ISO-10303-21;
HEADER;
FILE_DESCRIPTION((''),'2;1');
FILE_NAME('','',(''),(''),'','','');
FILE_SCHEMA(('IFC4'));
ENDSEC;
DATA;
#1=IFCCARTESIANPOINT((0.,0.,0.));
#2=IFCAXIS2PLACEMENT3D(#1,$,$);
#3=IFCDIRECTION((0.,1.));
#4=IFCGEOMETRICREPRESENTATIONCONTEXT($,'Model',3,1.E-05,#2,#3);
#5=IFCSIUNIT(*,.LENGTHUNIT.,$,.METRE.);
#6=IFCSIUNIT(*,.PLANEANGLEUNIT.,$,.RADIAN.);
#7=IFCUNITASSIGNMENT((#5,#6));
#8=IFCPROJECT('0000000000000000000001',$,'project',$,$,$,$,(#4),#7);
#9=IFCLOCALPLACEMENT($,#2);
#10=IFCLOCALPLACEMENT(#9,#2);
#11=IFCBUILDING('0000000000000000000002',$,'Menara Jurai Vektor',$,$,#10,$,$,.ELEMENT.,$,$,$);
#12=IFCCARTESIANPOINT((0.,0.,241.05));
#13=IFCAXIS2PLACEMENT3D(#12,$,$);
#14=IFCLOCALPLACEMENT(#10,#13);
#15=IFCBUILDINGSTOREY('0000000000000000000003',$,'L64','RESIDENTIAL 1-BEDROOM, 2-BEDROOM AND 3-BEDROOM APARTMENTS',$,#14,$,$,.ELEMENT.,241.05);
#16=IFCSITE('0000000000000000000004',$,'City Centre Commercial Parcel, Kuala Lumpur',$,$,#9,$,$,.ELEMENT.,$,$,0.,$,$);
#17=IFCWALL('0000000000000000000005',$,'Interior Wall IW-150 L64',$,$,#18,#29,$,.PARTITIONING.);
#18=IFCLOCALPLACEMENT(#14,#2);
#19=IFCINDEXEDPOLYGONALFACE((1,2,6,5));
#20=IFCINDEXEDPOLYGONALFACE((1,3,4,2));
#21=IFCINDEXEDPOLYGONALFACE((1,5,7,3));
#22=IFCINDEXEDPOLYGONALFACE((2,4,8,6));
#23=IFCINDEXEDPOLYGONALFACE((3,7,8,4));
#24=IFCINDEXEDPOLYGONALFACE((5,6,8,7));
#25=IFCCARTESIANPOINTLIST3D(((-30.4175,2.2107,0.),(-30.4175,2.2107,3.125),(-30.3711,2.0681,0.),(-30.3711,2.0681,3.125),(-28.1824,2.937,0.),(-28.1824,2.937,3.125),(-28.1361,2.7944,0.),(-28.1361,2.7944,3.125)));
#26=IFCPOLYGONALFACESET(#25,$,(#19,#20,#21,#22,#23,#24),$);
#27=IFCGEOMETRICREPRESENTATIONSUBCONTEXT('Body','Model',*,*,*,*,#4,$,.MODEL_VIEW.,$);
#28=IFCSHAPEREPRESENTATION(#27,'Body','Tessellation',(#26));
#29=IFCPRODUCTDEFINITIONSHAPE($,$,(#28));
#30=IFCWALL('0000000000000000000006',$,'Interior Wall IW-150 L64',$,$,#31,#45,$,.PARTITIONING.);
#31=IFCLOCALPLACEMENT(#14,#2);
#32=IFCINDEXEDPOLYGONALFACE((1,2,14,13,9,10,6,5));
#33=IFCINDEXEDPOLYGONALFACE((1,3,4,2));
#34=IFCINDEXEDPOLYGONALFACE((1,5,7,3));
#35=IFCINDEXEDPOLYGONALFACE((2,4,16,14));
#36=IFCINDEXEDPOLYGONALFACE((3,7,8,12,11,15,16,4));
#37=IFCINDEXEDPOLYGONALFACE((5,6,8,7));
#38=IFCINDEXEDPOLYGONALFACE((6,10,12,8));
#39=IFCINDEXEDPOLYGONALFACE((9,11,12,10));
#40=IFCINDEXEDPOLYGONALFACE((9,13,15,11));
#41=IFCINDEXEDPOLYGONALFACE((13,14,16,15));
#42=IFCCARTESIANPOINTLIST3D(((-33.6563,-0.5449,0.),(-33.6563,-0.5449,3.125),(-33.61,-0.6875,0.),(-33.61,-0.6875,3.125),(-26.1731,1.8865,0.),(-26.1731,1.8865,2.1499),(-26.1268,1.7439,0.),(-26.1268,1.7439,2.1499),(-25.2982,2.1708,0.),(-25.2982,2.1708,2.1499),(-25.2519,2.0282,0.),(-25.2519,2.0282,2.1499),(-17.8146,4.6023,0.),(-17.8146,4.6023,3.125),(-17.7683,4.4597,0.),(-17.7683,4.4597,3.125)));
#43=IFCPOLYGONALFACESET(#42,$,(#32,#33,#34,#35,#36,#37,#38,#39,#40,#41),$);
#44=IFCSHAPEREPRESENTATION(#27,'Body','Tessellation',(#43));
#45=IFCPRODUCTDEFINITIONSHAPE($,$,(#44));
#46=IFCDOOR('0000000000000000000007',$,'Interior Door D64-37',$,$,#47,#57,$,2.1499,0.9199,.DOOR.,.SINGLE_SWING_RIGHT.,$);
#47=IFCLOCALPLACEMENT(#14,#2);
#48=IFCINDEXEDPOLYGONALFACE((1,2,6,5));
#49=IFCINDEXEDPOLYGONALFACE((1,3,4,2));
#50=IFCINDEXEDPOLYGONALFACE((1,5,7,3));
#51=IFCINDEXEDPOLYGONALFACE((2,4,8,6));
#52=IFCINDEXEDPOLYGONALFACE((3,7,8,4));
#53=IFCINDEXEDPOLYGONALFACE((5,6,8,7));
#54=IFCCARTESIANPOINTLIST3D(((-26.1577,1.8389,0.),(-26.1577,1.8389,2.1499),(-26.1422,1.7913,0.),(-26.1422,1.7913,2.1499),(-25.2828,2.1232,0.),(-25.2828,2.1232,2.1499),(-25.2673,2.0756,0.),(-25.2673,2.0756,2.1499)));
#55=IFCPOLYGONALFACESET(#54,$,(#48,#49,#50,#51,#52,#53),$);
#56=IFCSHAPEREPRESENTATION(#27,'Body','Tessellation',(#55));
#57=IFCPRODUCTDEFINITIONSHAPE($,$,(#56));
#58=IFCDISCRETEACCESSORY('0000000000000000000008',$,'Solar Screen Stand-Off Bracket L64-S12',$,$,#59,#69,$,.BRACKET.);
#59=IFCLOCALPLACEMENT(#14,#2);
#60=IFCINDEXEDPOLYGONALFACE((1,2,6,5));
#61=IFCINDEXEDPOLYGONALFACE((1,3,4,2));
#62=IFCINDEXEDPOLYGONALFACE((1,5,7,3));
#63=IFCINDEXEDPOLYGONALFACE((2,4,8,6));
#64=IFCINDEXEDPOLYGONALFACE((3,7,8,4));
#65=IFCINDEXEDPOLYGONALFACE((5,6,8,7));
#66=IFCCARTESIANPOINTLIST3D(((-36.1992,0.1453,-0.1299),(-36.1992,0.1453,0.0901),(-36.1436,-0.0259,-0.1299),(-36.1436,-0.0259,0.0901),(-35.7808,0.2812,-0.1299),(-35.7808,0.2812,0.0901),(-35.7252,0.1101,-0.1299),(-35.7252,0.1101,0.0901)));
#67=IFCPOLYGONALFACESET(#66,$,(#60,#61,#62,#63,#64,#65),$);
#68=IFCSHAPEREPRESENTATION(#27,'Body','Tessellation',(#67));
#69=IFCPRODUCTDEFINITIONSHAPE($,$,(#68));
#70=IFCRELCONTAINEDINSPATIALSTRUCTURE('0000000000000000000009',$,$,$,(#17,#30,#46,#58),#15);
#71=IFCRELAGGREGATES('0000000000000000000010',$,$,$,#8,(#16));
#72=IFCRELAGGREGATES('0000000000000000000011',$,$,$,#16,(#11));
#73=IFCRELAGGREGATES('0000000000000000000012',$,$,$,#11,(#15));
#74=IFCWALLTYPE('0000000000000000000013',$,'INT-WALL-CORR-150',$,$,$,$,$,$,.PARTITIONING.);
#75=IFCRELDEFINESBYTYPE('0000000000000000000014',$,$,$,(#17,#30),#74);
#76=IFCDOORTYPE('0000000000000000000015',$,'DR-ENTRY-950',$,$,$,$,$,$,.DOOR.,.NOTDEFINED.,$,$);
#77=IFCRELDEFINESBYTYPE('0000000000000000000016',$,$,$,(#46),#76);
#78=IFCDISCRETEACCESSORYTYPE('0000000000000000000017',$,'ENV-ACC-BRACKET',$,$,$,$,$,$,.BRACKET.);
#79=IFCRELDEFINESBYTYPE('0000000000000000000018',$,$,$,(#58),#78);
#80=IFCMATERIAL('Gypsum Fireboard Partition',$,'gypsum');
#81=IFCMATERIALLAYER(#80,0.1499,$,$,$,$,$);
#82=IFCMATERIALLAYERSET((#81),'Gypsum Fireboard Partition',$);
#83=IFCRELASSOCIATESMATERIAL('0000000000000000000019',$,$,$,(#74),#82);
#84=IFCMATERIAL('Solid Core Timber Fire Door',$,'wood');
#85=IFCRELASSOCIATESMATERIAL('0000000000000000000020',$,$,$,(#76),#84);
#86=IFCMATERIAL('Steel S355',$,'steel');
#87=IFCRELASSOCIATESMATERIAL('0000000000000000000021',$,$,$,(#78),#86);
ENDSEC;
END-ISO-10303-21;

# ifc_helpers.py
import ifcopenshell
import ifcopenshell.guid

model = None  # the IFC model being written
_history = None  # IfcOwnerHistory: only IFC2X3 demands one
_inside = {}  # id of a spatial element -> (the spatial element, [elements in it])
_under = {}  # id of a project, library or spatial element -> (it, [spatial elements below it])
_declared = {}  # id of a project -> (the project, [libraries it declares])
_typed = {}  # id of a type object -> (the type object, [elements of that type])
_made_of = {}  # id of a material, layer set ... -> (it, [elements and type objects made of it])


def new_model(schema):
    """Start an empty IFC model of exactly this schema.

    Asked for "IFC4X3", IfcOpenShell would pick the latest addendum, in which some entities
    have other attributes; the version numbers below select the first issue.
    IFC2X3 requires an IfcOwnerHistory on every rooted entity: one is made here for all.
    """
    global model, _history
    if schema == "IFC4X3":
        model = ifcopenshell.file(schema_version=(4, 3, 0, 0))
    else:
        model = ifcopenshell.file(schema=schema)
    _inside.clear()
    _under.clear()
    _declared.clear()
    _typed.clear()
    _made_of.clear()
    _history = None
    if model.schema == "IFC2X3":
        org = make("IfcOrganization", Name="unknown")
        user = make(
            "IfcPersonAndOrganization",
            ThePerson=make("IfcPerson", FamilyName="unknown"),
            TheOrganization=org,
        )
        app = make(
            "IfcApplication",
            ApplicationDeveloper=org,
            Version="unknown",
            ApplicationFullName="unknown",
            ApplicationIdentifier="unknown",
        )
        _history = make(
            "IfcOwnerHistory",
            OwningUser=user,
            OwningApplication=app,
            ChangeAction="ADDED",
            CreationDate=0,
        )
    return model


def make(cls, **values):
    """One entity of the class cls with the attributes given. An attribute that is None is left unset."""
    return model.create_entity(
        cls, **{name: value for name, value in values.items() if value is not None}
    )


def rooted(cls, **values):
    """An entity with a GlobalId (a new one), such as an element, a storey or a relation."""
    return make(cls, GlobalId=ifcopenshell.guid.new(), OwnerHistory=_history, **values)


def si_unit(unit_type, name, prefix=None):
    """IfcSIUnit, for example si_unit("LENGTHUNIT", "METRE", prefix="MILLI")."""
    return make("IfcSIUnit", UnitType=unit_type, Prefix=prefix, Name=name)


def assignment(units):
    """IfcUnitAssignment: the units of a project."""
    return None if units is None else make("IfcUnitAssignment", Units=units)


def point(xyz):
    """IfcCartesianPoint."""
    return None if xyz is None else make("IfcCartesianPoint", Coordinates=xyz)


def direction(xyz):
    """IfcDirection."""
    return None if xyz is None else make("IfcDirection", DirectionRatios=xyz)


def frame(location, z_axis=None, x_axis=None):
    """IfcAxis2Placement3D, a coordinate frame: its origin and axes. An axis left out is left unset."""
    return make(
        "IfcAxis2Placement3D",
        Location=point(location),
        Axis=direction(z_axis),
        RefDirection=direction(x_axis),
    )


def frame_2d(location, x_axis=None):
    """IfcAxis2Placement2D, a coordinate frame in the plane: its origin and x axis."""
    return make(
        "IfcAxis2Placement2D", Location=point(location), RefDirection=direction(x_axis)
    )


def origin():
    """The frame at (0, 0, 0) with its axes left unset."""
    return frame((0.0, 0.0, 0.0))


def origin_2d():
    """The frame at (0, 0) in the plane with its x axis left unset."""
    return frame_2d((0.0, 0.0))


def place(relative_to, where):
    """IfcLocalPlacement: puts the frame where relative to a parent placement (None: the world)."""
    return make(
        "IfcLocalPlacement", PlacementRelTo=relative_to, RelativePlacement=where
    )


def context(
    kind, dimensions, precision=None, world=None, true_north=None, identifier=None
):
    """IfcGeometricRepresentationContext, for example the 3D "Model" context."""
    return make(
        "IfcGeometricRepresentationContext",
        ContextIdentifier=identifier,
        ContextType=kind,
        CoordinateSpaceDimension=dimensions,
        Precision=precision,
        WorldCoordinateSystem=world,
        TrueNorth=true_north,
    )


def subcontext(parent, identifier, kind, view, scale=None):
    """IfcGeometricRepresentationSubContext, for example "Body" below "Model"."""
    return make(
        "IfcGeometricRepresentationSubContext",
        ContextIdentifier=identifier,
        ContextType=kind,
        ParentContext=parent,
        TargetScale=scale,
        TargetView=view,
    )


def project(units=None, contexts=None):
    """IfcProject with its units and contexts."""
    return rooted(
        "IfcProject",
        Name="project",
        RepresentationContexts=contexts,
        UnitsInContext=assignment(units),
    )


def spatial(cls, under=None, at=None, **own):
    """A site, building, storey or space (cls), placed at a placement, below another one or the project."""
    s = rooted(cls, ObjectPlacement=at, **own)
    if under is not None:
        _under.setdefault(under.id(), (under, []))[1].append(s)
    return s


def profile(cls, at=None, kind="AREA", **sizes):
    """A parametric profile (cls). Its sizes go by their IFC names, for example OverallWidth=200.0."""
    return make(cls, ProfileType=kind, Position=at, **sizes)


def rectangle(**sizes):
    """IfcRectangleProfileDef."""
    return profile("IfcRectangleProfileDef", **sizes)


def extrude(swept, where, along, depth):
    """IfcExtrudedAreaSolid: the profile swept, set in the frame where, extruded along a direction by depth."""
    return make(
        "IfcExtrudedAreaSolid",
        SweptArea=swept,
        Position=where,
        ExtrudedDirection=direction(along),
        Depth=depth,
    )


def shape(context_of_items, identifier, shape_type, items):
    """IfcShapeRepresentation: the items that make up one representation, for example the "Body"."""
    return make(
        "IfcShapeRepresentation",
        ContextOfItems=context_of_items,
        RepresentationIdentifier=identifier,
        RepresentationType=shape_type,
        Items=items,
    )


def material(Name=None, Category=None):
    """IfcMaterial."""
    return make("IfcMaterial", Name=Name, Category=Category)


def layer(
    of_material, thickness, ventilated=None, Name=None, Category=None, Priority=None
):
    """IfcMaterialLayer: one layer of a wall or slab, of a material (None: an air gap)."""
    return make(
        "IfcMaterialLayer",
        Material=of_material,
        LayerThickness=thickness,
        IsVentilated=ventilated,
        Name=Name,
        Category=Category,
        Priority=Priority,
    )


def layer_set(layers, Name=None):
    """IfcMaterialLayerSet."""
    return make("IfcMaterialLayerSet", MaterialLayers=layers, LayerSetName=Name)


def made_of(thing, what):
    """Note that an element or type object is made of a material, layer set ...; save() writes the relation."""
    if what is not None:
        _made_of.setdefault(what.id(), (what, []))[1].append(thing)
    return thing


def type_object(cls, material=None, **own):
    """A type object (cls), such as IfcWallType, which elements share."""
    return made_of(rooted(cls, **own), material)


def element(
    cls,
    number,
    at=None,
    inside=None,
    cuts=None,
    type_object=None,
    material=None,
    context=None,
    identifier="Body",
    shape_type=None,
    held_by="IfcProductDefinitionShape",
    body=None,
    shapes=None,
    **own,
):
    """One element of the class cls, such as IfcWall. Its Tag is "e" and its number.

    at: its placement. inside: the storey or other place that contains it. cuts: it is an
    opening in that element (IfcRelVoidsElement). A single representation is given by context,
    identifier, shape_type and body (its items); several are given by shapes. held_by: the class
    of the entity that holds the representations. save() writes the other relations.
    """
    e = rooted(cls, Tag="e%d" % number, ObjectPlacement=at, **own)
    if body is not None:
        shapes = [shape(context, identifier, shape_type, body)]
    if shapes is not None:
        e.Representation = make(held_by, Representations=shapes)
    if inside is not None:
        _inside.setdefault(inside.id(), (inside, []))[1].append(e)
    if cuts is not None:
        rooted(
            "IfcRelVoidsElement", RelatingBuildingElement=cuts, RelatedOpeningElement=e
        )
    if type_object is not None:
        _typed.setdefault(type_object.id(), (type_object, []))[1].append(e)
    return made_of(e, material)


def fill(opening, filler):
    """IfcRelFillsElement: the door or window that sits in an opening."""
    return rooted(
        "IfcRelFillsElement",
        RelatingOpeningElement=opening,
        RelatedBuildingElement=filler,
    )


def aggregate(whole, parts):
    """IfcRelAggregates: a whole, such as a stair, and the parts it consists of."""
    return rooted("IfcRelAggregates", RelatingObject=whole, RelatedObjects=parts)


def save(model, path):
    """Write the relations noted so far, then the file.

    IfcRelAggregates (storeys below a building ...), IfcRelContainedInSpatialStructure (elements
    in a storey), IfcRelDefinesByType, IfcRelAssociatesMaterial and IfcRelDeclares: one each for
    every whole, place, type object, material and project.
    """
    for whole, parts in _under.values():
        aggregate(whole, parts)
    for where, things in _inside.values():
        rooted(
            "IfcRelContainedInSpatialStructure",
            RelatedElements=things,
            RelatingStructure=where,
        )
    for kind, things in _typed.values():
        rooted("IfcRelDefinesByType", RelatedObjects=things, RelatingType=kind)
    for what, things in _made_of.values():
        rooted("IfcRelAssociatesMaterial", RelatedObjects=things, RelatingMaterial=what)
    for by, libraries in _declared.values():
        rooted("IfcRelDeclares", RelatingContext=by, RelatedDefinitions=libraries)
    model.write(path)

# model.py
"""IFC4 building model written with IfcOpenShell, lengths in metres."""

from ifc_helpers import new_model, si_unit, direction, frame, frame_2d, origin, origin_2d, place, context, subcontext, project, spatial, rectangle, extrude, material, layer, layer_set, type_object, element, fill, save


model = new_model("IFC4")

# Units and contexts
model_context = context("Model", 3, precision=1e-05, world=origin(), true_north=direction((0.0, 1.0)))
body_context = subcontext(model_context, "Body", "Model", "MODEL_VIEW")
ifc_project = project(units=[si_unit("LENGTHUNIT", "METRE"), si_unit("PLANEANGLEUNIT", "RADIAN")], contexts=[model_context])

# Site, building, storey
site_placement = place(None, origin())
site = spatial("IfcSite", under=ifc_project, at=site_placement, Name="City Centre Commercial Parcel, Kuala Lumpur", CompositionType="ELEMENT", RefElevation=0.0)
building_placement = place(site_placement, origin())
building = spatial("IfcBuilding", under=site, at=building_placement, Name="Menara Jurai Vektor", CompositionType="ELEMENT")
storey_placement = place(building_placement, frame((0.0, 0.0, 241.05)))
storey = spatial("IfcBuildingStorey", under=building, at=storey_placement, Name="L64", Description="RESIDENTIAL 1-BEDROOM, 2-BEDROOM AND 3-BEDROOM APARTMENTS", CompositionType="ELEMENT", Elevation=241.05)

# Shared definitions
ifc_material_1 = material(Name="Steel S355", Category="steel")

# Wall
ifc_material_2 = material(Name="Gypsum Fireboard Partition", Category="gypsum")
ifc_layer_1 = layer(ifc_material_2, 0.1499)
ifc_layer_set_1 = layer_set([ifc_layer_1], Name="Gypsum Fireboard Partition")
wall_type = type_object("IfcWallType", Name="INT-WALL-CORR-150", PredefinedType="PARTITIONING", material=ifc_layer_set_1)
wall_1_placement = place(storey_placement, frame((-30.3943, 2.1394, 0.0), z_axis=(0.0, 0.0, 1.0), x_axis=(0.951046, 0.309051, 0.0)))
element("IfcWall", 1, at=wall_1_placement, inside=storey, type_object=wall_type, Name="Interior Wall IW-150 L64", PredefinedType="PARTITIONING", context=body_context, shape_type="SweptSolid", body=[
    extrude(rectangle(XDim=2.3501, YDim=0.1499, at=frame_2d((1.175, 0.0))), origin(), (0.0, 0.0, 1.0), 3.125),
])

# Wall, opening, door
wall_2_placement = place(storey_placement, frame((-33.6333, -0.6162, 0.0), z_axis=(0.0, 0.0, 1.0), x_axis=(0.951058, 0.309012, 0.0)))
wall_2 = element("IfcWall", 2, at=wall_2_placement, inside=storey, type_object=wall_type, Name="Interior Wall IW-150 L64", PredefinedType="PARTITIONING", context=body_context, shape_type="SweptSolid", body=[
    extrude(rectangle(XDim=16.657, YDim=0.1499, at=frame_2d((8.3286, 0.0))), origin(), (0.0, 0.0, 1.0), 3.125),
])
opening_1_placement = place(wall_2_placement, frame((7.8684, 0.0, 0.0)))
opening_1 = element("IfcOpeningElement", 3, at=opening_1_placement, cuts=wall_2, PredefinedType="OPENING", context=body_context, shape_type="SweptSolid", body=[
    extrude(rectangle(XDim=0.9199, YDim=2.1499, at=frame_2d((0.46, 1.075))), frame((0.0, 0.085, 0.0), z_axis=(0.0, -1.0, 0.0), x_axis=(1.0, 0.0, 0.0)), (0.0, 0.0, 1.0), 0.1699),
])
ifc_material_3 = material(Name="Solid Core Timber Fire Door", Category="wood")
door_type_1 = type_object("IfcDoorType", Name="DR-ENTRY-950", OperationType="NOTDEFINED", PredefinedType="DOOR", material=ifc_material_3)
door_1_placement = place(opening_1_placement, origin())
door_1 = element("IfcDoor", 4, at=door_1_placement, inside=storey, type_object=door_type_1, Name="Interior Door D64-37", OperationType="SINGLE_SWING_RIGHT", OverallHeight=2.1499, OverallWidth=0.9199, PredefinedType="DOOR", context=body_context, shape_type="SweptSolid", body=[
    extrude(rectangle(XDim=0.9199, YDim=2.1499, at=frame_2d((0.46, 1.075))), frame((0.0, 0.0249, 0.0), z_axis=(0.0, -1.0, 0.0), x_axis=(1.0, 0.0, 0.0)), (0.0, 0.0, 1.0), 0.05),
])
fill(opening_1, door_1)

# Discrete accessory
discrete_accessory_type = type_object("IfcDiscreteAccessoryType", Name="ENV-ACC-BRACKET", PredefinedType="BRACKET", material=ifc_material_1)
discrete_accessory_placement = place(storey_placement, frame((-35.9622, 0.1277, -0.1299), z_axis=(0.0, 0.0, 1.0), x_axis=(0.309017, -0.951057, 0.0)))
element("IfcDiscreteAccessory", 5, at=discrete_accessory_placement, inside=storey, type_object=discrete_accessory_type, Name="Solar Screen Stand-Off Bracket L64-S12", PredefinedType="BRACKET", context=body_context, shape_type="SweptSolid", body=[
    extrude(rectangle(XDim=0.1799, YDim=0.4399, at=origin_2d()), origin(), (0.0, 0.0, 1.0), 0.22),
])

save(model, "model.ifc")
